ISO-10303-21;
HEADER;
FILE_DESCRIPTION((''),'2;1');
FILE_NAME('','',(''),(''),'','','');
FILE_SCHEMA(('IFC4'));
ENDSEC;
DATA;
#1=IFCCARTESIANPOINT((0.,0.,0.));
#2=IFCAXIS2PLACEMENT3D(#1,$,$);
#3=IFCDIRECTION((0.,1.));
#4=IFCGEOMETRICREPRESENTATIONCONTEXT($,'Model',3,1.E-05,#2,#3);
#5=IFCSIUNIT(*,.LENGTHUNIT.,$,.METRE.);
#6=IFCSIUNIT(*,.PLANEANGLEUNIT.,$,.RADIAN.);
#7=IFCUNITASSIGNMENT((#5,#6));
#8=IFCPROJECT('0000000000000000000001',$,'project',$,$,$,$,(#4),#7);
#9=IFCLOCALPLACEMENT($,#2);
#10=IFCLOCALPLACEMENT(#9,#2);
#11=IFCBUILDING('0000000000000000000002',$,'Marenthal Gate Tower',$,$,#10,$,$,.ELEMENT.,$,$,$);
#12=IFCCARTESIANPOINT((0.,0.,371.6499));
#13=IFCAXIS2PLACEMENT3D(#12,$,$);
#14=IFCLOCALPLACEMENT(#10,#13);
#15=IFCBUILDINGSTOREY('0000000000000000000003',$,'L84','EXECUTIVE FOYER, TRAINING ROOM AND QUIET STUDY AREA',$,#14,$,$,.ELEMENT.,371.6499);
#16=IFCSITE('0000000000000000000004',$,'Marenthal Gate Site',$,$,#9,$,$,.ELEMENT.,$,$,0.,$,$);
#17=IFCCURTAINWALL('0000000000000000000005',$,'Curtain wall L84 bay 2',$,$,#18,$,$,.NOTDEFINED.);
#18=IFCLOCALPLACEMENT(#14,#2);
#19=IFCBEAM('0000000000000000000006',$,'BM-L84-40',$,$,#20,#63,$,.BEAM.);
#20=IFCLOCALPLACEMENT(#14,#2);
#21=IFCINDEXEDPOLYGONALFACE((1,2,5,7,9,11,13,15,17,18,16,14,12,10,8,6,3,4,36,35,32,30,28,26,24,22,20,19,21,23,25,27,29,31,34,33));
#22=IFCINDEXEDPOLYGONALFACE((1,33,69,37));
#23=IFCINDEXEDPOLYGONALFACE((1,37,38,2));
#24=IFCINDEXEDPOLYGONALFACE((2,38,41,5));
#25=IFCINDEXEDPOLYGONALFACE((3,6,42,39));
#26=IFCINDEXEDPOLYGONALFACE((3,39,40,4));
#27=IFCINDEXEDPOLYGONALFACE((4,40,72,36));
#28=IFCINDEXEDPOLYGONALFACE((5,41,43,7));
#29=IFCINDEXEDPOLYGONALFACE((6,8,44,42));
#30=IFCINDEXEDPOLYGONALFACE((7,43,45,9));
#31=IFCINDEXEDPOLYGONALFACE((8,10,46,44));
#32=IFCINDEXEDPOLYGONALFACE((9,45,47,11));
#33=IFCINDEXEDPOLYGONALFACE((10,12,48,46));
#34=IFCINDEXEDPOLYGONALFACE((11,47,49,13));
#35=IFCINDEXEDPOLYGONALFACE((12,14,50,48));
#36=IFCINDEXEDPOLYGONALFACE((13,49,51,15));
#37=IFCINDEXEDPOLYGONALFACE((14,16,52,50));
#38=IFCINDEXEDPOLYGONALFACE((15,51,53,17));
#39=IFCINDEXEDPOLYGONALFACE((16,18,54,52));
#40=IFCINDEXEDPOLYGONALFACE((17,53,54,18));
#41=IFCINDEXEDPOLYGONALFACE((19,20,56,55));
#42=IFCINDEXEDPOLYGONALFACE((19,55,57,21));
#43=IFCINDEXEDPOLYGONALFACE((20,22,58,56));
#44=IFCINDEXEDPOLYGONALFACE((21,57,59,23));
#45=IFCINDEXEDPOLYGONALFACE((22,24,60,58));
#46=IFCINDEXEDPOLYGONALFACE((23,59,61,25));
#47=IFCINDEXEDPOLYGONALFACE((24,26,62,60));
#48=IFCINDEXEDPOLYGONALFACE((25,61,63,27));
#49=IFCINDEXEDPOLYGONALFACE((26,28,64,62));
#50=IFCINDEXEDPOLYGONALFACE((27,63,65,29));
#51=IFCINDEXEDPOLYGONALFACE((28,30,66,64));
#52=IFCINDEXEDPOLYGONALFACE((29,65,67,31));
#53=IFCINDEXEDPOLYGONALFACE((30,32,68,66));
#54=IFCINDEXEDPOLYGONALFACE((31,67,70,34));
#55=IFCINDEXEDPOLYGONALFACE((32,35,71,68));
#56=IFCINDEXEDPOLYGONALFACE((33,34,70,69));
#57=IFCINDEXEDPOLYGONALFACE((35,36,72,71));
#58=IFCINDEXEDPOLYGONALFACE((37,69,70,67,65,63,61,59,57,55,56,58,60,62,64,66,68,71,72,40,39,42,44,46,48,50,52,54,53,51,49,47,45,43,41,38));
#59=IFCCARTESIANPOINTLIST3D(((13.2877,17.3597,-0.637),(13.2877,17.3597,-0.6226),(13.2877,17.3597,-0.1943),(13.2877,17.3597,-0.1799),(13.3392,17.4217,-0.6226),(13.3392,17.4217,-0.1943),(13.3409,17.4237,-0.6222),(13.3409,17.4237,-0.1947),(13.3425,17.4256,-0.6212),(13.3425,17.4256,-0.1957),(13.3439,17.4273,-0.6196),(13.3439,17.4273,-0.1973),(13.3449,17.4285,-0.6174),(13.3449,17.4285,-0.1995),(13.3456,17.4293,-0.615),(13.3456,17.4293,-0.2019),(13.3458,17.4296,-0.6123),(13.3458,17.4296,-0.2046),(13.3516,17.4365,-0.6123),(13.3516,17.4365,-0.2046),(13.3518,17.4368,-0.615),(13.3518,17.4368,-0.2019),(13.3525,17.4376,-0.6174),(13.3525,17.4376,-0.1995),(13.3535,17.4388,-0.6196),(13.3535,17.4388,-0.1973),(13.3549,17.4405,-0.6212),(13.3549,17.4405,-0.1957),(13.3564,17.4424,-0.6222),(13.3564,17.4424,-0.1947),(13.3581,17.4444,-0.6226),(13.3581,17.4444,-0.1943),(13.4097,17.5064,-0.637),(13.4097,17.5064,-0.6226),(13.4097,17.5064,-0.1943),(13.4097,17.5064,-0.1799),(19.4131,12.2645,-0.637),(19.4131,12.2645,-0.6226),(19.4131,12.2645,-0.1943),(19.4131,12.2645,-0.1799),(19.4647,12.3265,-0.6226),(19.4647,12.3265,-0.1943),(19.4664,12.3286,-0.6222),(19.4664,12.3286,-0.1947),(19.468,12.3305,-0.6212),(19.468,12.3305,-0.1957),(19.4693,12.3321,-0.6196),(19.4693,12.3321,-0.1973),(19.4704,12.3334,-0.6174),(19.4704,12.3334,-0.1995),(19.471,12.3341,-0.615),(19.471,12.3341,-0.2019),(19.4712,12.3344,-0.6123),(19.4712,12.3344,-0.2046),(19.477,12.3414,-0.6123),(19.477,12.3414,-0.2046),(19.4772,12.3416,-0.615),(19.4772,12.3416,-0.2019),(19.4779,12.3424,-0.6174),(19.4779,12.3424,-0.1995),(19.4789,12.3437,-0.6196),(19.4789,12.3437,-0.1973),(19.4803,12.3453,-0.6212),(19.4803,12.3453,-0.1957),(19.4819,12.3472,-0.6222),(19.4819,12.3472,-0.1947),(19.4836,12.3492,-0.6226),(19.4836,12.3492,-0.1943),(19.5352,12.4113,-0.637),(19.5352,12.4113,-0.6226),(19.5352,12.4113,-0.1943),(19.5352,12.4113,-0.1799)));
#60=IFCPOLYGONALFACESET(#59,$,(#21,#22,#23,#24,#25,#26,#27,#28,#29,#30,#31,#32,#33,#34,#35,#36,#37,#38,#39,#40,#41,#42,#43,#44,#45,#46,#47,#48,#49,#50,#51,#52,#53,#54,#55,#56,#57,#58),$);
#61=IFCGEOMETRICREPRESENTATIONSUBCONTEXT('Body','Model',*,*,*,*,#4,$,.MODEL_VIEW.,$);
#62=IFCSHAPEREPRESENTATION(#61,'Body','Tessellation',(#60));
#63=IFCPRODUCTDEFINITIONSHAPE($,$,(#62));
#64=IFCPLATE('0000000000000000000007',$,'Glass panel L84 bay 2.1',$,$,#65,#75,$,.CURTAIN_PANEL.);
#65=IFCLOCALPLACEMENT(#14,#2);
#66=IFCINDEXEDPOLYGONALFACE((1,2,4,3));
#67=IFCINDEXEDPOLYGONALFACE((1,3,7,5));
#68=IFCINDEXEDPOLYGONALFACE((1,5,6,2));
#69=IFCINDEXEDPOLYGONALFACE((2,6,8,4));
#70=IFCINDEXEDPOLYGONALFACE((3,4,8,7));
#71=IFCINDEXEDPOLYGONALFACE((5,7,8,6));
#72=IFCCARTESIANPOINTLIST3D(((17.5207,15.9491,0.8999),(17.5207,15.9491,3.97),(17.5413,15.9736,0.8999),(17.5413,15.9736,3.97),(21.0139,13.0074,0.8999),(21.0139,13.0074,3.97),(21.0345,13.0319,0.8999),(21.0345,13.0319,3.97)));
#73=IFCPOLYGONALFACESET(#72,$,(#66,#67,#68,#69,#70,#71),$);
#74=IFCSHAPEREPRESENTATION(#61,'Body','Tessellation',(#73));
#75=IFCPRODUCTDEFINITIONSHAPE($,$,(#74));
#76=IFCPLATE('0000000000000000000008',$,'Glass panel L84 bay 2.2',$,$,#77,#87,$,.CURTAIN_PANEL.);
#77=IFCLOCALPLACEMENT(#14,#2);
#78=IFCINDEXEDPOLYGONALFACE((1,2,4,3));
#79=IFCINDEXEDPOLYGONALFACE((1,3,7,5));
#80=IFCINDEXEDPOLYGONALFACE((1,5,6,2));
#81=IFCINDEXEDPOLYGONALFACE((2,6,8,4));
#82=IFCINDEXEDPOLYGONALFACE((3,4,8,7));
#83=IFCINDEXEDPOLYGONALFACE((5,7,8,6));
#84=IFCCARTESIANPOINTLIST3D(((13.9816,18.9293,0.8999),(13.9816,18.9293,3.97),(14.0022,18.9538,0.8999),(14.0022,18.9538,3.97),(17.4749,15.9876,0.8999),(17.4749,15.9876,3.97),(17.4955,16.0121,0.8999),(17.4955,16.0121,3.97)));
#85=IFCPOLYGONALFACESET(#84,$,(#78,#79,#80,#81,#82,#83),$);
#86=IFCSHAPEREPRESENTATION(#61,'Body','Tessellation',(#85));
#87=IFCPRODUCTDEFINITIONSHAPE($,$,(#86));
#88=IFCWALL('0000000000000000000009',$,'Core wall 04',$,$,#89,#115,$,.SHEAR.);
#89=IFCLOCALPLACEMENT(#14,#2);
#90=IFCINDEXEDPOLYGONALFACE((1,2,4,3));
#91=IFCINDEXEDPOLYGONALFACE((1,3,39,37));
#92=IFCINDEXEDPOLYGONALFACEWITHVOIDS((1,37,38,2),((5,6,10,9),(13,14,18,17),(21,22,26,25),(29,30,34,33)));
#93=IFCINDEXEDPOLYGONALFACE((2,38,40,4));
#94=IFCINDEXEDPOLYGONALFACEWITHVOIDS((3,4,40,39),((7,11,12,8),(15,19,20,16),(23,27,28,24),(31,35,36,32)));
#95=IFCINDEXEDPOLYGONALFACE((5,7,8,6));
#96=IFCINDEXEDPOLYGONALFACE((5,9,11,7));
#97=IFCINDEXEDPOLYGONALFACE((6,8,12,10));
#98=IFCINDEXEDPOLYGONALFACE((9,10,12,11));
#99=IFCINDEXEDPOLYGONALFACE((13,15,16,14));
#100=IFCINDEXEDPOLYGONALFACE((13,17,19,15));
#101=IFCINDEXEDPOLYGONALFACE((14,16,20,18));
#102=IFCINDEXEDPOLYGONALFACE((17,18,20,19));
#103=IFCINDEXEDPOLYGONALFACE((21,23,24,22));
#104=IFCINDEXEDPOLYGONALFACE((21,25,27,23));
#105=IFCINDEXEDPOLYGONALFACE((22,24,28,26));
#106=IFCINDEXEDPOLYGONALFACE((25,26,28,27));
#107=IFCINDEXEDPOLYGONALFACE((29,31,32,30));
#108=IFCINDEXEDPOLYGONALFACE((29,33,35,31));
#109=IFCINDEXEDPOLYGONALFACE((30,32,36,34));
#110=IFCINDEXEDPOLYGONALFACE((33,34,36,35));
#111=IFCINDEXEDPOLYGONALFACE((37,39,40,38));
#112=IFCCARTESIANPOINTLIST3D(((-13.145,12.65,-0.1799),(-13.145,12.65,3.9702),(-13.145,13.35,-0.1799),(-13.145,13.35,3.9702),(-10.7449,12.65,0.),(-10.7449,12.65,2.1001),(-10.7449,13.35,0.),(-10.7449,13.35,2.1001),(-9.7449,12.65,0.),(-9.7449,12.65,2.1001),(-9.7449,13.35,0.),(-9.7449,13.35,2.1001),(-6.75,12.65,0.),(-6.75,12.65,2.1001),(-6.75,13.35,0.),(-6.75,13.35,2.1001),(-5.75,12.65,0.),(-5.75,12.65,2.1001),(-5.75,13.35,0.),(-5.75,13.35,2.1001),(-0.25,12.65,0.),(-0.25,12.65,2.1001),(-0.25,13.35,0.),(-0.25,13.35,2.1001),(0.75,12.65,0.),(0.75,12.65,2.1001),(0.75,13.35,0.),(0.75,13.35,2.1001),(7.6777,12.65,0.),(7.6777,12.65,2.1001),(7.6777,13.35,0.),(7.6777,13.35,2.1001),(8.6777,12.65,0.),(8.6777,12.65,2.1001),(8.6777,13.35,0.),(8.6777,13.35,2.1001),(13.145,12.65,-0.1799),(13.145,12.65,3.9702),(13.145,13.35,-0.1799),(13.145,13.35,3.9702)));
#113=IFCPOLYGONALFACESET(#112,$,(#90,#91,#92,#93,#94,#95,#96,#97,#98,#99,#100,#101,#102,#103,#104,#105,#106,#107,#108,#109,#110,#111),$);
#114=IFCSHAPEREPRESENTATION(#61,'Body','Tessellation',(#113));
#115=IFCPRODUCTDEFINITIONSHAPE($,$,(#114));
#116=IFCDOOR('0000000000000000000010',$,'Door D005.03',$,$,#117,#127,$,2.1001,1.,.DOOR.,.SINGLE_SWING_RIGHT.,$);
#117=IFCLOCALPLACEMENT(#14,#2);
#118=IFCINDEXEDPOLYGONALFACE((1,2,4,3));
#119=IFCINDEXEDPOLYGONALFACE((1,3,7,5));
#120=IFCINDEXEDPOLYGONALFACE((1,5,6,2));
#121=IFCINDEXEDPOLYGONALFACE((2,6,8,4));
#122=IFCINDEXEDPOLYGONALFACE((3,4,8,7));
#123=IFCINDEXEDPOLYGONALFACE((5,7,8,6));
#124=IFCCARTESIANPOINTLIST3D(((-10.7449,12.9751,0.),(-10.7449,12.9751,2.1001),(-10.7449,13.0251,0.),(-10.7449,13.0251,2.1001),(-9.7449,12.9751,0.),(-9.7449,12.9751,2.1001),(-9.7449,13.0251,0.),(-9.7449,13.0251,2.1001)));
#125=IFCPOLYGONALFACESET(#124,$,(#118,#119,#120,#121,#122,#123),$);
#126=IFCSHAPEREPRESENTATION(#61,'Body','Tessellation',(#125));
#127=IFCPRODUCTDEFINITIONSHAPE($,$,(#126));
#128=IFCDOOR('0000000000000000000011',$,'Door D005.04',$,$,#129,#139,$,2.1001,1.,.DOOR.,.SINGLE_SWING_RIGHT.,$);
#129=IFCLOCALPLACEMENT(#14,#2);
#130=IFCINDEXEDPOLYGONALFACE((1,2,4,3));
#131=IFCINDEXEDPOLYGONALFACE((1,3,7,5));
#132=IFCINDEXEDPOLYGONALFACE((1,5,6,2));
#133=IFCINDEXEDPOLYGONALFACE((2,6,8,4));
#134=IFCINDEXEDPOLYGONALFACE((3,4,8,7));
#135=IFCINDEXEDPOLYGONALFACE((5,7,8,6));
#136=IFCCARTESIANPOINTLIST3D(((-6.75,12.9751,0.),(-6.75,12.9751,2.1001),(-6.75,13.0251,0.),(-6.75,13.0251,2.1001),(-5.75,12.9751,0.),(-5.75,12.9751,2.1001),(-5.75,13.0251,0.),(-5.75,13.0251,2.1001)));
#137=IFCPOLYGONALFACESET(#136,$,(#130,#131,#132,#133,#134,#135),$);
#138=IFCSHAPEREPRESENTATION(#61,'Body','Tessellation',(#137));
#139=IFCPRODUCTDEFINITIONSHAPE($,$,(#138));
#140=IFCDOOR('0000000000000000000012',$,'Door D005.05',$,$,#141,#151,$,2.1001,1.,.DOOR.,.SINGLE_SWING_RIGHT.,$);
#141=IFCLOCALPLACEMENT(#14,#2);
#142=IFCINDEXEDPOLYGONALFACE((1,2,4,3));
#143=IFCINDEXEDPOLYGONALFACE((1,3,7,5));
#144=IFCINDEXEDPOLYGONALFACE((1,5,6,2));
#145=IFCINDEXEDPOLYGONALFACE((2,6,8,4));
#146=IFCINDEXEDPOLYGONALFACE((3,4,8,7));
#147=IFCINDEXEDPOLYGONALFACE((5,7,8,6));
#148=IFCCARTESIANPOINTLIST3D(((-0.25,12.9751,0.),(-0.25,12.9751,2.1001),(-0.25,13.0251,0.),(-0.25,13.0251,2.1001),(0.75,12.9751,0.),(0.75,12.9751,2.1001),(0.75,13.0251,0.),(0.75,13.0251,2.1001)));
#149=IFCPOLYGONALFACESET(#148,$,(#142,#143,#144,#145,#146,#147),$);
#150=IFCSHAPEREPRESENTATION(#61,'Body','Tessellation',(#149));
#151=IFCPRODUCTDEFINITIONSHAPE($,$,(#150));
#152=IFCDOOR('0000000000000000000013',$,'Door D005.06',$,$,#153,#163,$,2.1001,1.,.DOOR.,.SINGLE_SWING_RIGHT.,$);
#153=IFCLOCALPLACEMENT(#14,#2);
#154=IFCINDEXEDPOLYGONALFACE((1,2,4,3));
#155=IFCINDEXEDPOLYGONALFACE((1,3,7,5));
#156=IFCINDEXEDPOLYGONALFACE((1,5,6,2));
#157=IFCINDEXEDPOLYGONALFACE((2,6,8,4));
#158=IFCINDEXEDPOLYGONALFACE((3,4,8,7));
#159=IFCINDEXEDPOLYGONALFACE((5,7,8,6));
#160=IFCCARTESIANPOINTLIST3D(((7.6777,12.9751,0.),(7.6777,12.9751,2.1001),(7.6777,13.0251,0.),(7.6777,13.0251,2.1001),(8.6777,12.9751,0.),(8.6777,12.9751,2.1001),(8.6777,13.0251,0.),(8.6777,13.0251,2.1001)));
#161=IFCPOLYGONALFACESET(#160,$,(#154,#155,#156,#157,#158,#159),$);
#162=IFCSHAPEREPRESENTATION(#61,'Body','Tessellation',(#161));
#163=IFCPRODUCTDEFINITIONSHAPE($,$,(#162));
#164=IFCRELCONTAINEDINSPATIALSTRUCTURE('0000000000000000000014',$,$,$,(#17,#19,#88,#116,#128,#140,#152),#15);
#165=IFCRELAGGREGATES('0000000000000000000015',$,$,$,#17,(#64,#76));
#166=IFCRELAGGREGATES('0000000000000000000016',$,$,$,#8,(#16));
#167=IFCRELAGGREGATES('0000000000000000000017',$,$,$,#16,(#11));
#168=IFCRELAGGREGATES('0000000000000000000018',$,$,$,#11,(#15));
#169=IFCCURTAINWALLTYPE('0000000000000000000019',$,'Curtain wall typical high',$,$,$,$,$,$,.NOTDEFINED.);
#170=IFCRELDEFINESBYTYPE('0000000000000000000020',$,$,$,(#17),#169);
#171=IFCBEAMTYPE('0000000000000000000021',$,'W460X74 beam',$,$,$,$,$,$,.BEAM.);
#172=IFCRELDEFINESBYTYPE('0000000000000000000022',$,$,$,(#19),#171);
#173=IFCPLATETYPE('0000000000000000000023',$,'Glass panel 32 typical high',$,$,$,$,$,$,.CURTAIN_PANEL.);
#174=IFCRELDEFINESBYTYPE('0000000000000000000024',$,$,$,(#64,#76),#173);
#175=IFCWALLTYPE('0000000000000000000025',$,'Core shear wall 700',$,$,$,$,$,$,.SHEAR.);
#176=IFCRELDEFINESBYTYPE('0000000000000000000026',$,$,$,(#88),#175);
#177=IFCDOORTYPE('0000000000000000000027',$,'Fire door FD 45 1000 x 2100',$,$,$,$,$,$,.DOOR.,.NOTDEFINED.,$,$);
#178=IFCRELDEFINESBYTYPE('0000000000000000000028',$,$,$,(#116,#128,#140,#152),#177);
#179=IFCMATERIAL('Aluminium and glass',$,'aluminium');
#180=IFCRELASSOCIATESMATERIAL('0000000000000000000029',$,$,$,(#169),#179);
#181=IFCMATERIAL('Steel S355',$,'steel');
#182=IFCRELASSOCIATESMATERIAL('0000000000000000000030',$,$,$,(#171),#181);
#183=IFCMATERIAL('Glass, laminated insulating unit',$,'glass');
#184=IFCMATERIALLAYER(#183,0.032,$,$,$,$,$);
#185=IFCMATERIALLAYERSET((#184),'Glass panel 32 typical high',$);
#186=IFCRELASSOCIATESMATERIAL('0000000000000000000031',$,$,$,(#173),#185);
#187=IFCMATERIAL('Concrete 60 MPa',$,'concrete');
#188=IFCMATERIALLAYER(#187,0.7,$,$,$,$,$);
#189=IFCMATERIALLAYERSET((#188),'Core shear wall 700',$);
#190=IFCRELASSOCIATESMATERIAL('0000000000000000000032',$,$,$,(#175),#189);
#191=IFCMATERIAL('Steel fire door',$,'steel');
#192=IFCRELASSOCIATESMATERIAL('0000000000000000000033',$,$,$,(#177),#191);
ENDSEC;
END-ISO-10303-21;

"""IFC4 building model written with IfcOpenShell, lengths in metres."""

from ifc_helpers import new_model, si_unit, direction, frame, frame_2d, origin, origin_2d, place, context, subcontext, project, spatial, rectangle, i_section, extrude, material, layer, layer_set, material_profile, profile_set, type_object, element, fill, aggregate, save


model = new_model("IFC4")

# Units and contexts
model_context = context("Model", 3, precision=1e-05, world=origin(), true_north=direction((0.0, 1.0)))
body_context = subcontext(model_context, "Body", "Model", "MODEL_VIEW")
ifc_project = project(units=[si_unit("LENGTHUNIT", "METRE"), si_unit("PLANEANGLEUNIT", "RADIAN")], contexts=[model_context])

# Site, building, storey
site_placement = place(None, origin())
site = spatial("IfcSite", under=ifc_project, at=site_placement, Name="Marenthal Gate Site", CompositionType="ELEMENT", RefElevation=0.0)
building_placement = place(site_placement, origin())
building = spatial("IfcBuilding", under=site, at=building_placement, Name="Marenthal Gate Tower", CompositionType="ELEMENT")
storey_placement = place(building_placement, frame((0.0, 0.0, 371.6499)))
storey = spatial("IfcBuildingStorey", under=building, at=storey_placement, Name="L84", Description="EXECUTIVE FOYER, TRAINING ROOM AND QUIET STUDY AREA", CompositionType="ELEMENT", Elevation=371.6499)

# Curtain wall
ifc_material_1 = material(Name="Aluminium and glass", Category="aluminium")
curtain_wall_type = type_object("IfcCurtainWallType", Name="Curtain wall typical high", PredefinedType="NOTDEFINED", material=ifc_material_1)
curtain_wall_placement = place(storey_placement, origin())
curtain_wall = element("IfcCurtainWall", 1, at=curtain_wall_placement, inside=storey, type_object=curtain_wall_type, Name="Curtain wall L84 bay 2", PredefinedType="NOTDEFINED")

# Beam
ifc_material_2 = material(Name="Steel S355", Category="steel")
ifc_material_profile_1 = material_profile(ifc_material_2, i_section(OverallWidth=0.1909, OverallDepth=0.457, WebThickness=0.009, FlangeThickness=0.0144, FilletRadius=0.0103, at=origin_2d()), Name="W460X74")
ifc_profile_set_1 = profile_set([ifc_material_profile_1], Name="Steel S355")
beam_type_1 = type_object("IfcBeamType", Name="W460X74 beam", PredefinedType="BEAM", material=ifc_profile_set_1)
beam_1_placement = place(storey_placement, frame((19.4741, 12.3379, -0.4084), z_axis=(-0.768799, 0.639491, 0.0), x_axis=(-0.639491, -0.768799, 0.0)))
element("IfcBeam", 2, at=beam_1_placement, inside=storey, type_object=beam_type_1, Name="BM-L84-40", PredefinedType="BEAM", context=body_context, shape_type="SweptSolid", body=[
    extrude(i_section(OverallWidth=0.1909, OverallDepth=0.457, WebThickness=0.009, FlangeThickness=0.0144, FilletRadius=0.0103, at=origin_2d()), origin(), (0.0, 0.0, 1.0), 7.9675),
])

# Plates
ifc_material_3 = material(Name="Glass, laminated insulating unit", Category="glass")
ifc_layer_1 = layer(ifc_material_3, 0.032)
ifc_layer_set_1 = layer_set([ifc_layer_1], Name="Glass panel 32 typical high")
plate_type = type_object("IfcPlateType", Name="Glass panel 32 typical high", PredefinedType="CURTAIN_PANEL", material=ifc_layer_set_1)
plate_1_placement = place(storey_placement, frame((19.2776, 14.4905, 0.8999), z_axis=(0.0, 0.0, 1.0), x_axis=(-0.764912, 0.644135, 0.0)))
plate_1 = element("IfcPlate", 3, at=plate_1_placement, type_object=plate_type, Name="Glass panel L84 bay 2.1", PredefinedType="CURTAIN_PANEL", context=body_context, shape_type="SweptSolid", body=[
    extrude(rectangle(XDim=4.5669, YDim=0.032, at=origin_2d()), origin(), (0.0, 0.0, 1.0), 3.0701),
])
plate_2_placement = place(storey_placement, frame((15.7385, 17.4707, 0.8999), z_axis=(0.0, 0.0, 1.0), x_axis=(-0.764912, 0.644135, 0.0)))
plate_2 = element("IfcPlate", 4, at=plate_2_placement, type_object=plate_type, Name="Glass panel L84 bay 2.2", PredefinedType="CURTAIN_PANEL", context=body_context, shape_type="SweptSolid", body=[
    extrude(rectangle(XDim=4.5669, YDim=0.032, at=origin_2d()), origin(), (0.0, 0.0, 1.0), 3.0701),
])
aggregate(curtain_wall, [plate_1, plate_2])

# Wall, openings, doors
ifc_material_4 = material(Name="Concrete 60 MPa", Category="concrete")
ifc_layer_2 = layer(ifc_material_4, 0.7)
ifc_layer_set_2 = layer_set([ifc_layer_2], Name="Core shear wall 700")
wall_type_1 = type_object("IfcWallType", Name="Core shear wall 700", PredefinedType="SHEAR", material=ifc_layer_set_2)
wall_1_placement = place(storey_placement, frame((13.145, 13.0, -0.1799), z_axis=(0.0, 0.0, 1.0), x_axis=(-1.0, 0.0, 0.0)))
wall_1 = element("IfcWall", 5, at=wall_1_placement, inside=storey, type_object=wall_type_1, Name="Core wall 04", PredefinedType="SHEAR", context=body_context, shape_type="SweptSolid", body=[
    extrude(rectangle(XDim=26.29, YDim=0.7, at=frame_2d((13.145, 0.0))), origin(), (0.0, 0.0, 1.0), 4.1501),
])
opening_1_placement = place(wall_1_placement, frame((22.8899, 0.0, 0.1799)))
opening_1 = element("IfcOpeningElement", 6, at=opening_1_placement, cuts=wall_1, PredefinedType="OPENING", context=body_context, shape_type="SweptSolid", body=[
    extrude(rectangle(XDim=1.0, YDim=2.1001, at=frame_2d((0.5, 1.05))), frame((0.0, 0.3599, 0.0), z_axis=(0.0, -1.0, 0.0), x_axis=(1.0, 0.0, 0.0)), (0.0, 0.0, 1.0), 0.72),
])
opening_2_placement = place(wall_1_placement, frame((18.895, 0.0, 0.1799)))
opening_2 = element("IfcOpeningElement", 7, at=opening_2_placement, cuts=wall_1, PredefinedType="OPENING", context=body_context, shape_type="SweptSolid", body=[
    extrude(rectangle(XDim=1.0, YDim=2.1001, at=frame_2d((0.5, 1.05))), frame((0.0, 0.3599, 0.0), z_axis=(0.0, -1.0, 0.0), x_axis=(1.0, 0.0, 0.0)), (0.0, 0.0, 1.0), 0.72),
])
opening_3_placement = place(wall_1_placement, frame((12.395, 0.0, 0.1799)))
opening_3 = element("IfcOpeningElement", 8, at=opening_3_placement, cuts=wall_1, PredefinedType="OPENING", context=body_context, shape_type="SweptSolid", body=[
    extrude(rectangle(XDim=1.0, YDim=2.1001, at=frame_2d((0.5, 1.05))), frame((0.0, 0.3599, 0.0), z_axis=(0.0, -1.0, 0.0), x_axis=(1.0, 0.0, 0.0)), (0.0, 0.0, 1.0), 0.72),
])
opening_4_placement = place(wall_1_placement, frame((4.4673, 0.0, 0.1799)))
opening_4 = element("IfcOpeningElement", 9, at=opening_4_placement, cuts=wall_1, PredefinedType="OPENING", context=body_context, shape_type="SweptSolid", body=[
    extrude(rectangle(XDim=1.0, YDim=2.1001, at=frame_2d((0.5, 1.05))), frame((0.0, 0.3599, 0.0), z_axis=(0.0, -1.0, 0.0), x_axis=(1.0, 0.0, 0.0)), (0.0, 0.0, 1.0), 0.72),
])
ifc_material_5 = material(Name="Steel fire door", Category="steel")
door_type_1 = type_object("IfcDoorType", Name="Fire door FD 45 1000 x 2100", OperationType="NOTDEFINED", PredefinedType="DOOR", material=ifc_material_5)
door_1_placement = place(opening_1_placement, origin())
door_1 = element("IfcDoor", 10, at=door_1_placement, inside=storey, type_object=door_type_1, Name="Door D005.03", OperationType="SINGLE_SWING_RIGHT", OverallHeight=2.1001, OverallWidth=1.0, PredefinedType="DOOR", context=body_context, shape_type="SweptSolid", body=[
    extrude(rectangle(XDim=1.0, YDim=2.1001, at=frame_2d((0.5, 1.05))), frame((0.0, 0.0249, 0.0), z_axis=(0.0, -1.0, 0.0), x_axis=(1.0, 0.0, 0.0)), (0.0, 0.0, 1.0), 0.05),
])
fill(opening_1, door_1)
door_2_placement = place(opening_2_placement, origin())
door_2 = element("IfcDoor", 11, at=door_2_placement, inside=storey, type_object=door_type_1, Name="Door D005.04", OperationType="SINGLE_SWING_RIGHT", OverallHeight=2.1001, OverallWidth=1.0, PredefinedType="DOOR", context=body_context, shape_type="SweptSolid", body=[
    extrude(rectangle(XDim=1.0, YDim=2.1001, at=frame_2d((0.5, 1.05))), frame((0.0, 0.0249, 0.0), z_axis=(0.0, -1.0, 0.0), x_axis=(1.0, 0.0, 0.0)), (0.0, 0.0, 1.0), 0.05),
])
fill(opening_2, door_2)
door_3_placement = place(opening_3_placement, origin())
door_3 = element("IfcDoor", 12, at=door_3_placement, inside=storey, type_object=door_type_1, Name="Door D005.05", OperationType="SINGLE_SWING_RIGHT", OverallHeight=2.1001, OverallWidth=1.0, PredefinedType="DOOR", context=body_context, shape_type="SweptSolid", body=[
    extrude(rectangle(XDim=1.0, YDim=2.1001, at=frame_2d((0.5, 1.05))), frame((0.0, 0.0249, 0.0), z_axis=(0.0, -1.0, 0.0), x_axis=(1.0, 0.0, 0.0)), (0.0, 0.0, 1.0), 0.05),
])
fill(opening_3, door_3)
door_4_placement = place(opening_4_placement, origin())
door_4 = element("IfcDoor", 13, at=door_4_placement, inside=storey, type_object=door_type_1, Name="Door D005.06", OperationType="SINGLE_SWING_RIGHT", OverallHeight=2.1001, OverallWidth=1.0, PredefinedType="DOOR", context=body_context, shape_type="SweptSolid", body=[
    extrude(rectangle(XDim=1.0, YDim=2.1001, at=frame_2d((0.5, 1.05))), frame((0.0, 0.0249, 0.0), z_axis=(0.0, -1.0, 0.0), x_axis=(1.0, 0.0, 0.0)), (0.0, 0.0, 1.0), 0.05),
])
fill(opening_4, door_4)

save(model, "model.ifc")
